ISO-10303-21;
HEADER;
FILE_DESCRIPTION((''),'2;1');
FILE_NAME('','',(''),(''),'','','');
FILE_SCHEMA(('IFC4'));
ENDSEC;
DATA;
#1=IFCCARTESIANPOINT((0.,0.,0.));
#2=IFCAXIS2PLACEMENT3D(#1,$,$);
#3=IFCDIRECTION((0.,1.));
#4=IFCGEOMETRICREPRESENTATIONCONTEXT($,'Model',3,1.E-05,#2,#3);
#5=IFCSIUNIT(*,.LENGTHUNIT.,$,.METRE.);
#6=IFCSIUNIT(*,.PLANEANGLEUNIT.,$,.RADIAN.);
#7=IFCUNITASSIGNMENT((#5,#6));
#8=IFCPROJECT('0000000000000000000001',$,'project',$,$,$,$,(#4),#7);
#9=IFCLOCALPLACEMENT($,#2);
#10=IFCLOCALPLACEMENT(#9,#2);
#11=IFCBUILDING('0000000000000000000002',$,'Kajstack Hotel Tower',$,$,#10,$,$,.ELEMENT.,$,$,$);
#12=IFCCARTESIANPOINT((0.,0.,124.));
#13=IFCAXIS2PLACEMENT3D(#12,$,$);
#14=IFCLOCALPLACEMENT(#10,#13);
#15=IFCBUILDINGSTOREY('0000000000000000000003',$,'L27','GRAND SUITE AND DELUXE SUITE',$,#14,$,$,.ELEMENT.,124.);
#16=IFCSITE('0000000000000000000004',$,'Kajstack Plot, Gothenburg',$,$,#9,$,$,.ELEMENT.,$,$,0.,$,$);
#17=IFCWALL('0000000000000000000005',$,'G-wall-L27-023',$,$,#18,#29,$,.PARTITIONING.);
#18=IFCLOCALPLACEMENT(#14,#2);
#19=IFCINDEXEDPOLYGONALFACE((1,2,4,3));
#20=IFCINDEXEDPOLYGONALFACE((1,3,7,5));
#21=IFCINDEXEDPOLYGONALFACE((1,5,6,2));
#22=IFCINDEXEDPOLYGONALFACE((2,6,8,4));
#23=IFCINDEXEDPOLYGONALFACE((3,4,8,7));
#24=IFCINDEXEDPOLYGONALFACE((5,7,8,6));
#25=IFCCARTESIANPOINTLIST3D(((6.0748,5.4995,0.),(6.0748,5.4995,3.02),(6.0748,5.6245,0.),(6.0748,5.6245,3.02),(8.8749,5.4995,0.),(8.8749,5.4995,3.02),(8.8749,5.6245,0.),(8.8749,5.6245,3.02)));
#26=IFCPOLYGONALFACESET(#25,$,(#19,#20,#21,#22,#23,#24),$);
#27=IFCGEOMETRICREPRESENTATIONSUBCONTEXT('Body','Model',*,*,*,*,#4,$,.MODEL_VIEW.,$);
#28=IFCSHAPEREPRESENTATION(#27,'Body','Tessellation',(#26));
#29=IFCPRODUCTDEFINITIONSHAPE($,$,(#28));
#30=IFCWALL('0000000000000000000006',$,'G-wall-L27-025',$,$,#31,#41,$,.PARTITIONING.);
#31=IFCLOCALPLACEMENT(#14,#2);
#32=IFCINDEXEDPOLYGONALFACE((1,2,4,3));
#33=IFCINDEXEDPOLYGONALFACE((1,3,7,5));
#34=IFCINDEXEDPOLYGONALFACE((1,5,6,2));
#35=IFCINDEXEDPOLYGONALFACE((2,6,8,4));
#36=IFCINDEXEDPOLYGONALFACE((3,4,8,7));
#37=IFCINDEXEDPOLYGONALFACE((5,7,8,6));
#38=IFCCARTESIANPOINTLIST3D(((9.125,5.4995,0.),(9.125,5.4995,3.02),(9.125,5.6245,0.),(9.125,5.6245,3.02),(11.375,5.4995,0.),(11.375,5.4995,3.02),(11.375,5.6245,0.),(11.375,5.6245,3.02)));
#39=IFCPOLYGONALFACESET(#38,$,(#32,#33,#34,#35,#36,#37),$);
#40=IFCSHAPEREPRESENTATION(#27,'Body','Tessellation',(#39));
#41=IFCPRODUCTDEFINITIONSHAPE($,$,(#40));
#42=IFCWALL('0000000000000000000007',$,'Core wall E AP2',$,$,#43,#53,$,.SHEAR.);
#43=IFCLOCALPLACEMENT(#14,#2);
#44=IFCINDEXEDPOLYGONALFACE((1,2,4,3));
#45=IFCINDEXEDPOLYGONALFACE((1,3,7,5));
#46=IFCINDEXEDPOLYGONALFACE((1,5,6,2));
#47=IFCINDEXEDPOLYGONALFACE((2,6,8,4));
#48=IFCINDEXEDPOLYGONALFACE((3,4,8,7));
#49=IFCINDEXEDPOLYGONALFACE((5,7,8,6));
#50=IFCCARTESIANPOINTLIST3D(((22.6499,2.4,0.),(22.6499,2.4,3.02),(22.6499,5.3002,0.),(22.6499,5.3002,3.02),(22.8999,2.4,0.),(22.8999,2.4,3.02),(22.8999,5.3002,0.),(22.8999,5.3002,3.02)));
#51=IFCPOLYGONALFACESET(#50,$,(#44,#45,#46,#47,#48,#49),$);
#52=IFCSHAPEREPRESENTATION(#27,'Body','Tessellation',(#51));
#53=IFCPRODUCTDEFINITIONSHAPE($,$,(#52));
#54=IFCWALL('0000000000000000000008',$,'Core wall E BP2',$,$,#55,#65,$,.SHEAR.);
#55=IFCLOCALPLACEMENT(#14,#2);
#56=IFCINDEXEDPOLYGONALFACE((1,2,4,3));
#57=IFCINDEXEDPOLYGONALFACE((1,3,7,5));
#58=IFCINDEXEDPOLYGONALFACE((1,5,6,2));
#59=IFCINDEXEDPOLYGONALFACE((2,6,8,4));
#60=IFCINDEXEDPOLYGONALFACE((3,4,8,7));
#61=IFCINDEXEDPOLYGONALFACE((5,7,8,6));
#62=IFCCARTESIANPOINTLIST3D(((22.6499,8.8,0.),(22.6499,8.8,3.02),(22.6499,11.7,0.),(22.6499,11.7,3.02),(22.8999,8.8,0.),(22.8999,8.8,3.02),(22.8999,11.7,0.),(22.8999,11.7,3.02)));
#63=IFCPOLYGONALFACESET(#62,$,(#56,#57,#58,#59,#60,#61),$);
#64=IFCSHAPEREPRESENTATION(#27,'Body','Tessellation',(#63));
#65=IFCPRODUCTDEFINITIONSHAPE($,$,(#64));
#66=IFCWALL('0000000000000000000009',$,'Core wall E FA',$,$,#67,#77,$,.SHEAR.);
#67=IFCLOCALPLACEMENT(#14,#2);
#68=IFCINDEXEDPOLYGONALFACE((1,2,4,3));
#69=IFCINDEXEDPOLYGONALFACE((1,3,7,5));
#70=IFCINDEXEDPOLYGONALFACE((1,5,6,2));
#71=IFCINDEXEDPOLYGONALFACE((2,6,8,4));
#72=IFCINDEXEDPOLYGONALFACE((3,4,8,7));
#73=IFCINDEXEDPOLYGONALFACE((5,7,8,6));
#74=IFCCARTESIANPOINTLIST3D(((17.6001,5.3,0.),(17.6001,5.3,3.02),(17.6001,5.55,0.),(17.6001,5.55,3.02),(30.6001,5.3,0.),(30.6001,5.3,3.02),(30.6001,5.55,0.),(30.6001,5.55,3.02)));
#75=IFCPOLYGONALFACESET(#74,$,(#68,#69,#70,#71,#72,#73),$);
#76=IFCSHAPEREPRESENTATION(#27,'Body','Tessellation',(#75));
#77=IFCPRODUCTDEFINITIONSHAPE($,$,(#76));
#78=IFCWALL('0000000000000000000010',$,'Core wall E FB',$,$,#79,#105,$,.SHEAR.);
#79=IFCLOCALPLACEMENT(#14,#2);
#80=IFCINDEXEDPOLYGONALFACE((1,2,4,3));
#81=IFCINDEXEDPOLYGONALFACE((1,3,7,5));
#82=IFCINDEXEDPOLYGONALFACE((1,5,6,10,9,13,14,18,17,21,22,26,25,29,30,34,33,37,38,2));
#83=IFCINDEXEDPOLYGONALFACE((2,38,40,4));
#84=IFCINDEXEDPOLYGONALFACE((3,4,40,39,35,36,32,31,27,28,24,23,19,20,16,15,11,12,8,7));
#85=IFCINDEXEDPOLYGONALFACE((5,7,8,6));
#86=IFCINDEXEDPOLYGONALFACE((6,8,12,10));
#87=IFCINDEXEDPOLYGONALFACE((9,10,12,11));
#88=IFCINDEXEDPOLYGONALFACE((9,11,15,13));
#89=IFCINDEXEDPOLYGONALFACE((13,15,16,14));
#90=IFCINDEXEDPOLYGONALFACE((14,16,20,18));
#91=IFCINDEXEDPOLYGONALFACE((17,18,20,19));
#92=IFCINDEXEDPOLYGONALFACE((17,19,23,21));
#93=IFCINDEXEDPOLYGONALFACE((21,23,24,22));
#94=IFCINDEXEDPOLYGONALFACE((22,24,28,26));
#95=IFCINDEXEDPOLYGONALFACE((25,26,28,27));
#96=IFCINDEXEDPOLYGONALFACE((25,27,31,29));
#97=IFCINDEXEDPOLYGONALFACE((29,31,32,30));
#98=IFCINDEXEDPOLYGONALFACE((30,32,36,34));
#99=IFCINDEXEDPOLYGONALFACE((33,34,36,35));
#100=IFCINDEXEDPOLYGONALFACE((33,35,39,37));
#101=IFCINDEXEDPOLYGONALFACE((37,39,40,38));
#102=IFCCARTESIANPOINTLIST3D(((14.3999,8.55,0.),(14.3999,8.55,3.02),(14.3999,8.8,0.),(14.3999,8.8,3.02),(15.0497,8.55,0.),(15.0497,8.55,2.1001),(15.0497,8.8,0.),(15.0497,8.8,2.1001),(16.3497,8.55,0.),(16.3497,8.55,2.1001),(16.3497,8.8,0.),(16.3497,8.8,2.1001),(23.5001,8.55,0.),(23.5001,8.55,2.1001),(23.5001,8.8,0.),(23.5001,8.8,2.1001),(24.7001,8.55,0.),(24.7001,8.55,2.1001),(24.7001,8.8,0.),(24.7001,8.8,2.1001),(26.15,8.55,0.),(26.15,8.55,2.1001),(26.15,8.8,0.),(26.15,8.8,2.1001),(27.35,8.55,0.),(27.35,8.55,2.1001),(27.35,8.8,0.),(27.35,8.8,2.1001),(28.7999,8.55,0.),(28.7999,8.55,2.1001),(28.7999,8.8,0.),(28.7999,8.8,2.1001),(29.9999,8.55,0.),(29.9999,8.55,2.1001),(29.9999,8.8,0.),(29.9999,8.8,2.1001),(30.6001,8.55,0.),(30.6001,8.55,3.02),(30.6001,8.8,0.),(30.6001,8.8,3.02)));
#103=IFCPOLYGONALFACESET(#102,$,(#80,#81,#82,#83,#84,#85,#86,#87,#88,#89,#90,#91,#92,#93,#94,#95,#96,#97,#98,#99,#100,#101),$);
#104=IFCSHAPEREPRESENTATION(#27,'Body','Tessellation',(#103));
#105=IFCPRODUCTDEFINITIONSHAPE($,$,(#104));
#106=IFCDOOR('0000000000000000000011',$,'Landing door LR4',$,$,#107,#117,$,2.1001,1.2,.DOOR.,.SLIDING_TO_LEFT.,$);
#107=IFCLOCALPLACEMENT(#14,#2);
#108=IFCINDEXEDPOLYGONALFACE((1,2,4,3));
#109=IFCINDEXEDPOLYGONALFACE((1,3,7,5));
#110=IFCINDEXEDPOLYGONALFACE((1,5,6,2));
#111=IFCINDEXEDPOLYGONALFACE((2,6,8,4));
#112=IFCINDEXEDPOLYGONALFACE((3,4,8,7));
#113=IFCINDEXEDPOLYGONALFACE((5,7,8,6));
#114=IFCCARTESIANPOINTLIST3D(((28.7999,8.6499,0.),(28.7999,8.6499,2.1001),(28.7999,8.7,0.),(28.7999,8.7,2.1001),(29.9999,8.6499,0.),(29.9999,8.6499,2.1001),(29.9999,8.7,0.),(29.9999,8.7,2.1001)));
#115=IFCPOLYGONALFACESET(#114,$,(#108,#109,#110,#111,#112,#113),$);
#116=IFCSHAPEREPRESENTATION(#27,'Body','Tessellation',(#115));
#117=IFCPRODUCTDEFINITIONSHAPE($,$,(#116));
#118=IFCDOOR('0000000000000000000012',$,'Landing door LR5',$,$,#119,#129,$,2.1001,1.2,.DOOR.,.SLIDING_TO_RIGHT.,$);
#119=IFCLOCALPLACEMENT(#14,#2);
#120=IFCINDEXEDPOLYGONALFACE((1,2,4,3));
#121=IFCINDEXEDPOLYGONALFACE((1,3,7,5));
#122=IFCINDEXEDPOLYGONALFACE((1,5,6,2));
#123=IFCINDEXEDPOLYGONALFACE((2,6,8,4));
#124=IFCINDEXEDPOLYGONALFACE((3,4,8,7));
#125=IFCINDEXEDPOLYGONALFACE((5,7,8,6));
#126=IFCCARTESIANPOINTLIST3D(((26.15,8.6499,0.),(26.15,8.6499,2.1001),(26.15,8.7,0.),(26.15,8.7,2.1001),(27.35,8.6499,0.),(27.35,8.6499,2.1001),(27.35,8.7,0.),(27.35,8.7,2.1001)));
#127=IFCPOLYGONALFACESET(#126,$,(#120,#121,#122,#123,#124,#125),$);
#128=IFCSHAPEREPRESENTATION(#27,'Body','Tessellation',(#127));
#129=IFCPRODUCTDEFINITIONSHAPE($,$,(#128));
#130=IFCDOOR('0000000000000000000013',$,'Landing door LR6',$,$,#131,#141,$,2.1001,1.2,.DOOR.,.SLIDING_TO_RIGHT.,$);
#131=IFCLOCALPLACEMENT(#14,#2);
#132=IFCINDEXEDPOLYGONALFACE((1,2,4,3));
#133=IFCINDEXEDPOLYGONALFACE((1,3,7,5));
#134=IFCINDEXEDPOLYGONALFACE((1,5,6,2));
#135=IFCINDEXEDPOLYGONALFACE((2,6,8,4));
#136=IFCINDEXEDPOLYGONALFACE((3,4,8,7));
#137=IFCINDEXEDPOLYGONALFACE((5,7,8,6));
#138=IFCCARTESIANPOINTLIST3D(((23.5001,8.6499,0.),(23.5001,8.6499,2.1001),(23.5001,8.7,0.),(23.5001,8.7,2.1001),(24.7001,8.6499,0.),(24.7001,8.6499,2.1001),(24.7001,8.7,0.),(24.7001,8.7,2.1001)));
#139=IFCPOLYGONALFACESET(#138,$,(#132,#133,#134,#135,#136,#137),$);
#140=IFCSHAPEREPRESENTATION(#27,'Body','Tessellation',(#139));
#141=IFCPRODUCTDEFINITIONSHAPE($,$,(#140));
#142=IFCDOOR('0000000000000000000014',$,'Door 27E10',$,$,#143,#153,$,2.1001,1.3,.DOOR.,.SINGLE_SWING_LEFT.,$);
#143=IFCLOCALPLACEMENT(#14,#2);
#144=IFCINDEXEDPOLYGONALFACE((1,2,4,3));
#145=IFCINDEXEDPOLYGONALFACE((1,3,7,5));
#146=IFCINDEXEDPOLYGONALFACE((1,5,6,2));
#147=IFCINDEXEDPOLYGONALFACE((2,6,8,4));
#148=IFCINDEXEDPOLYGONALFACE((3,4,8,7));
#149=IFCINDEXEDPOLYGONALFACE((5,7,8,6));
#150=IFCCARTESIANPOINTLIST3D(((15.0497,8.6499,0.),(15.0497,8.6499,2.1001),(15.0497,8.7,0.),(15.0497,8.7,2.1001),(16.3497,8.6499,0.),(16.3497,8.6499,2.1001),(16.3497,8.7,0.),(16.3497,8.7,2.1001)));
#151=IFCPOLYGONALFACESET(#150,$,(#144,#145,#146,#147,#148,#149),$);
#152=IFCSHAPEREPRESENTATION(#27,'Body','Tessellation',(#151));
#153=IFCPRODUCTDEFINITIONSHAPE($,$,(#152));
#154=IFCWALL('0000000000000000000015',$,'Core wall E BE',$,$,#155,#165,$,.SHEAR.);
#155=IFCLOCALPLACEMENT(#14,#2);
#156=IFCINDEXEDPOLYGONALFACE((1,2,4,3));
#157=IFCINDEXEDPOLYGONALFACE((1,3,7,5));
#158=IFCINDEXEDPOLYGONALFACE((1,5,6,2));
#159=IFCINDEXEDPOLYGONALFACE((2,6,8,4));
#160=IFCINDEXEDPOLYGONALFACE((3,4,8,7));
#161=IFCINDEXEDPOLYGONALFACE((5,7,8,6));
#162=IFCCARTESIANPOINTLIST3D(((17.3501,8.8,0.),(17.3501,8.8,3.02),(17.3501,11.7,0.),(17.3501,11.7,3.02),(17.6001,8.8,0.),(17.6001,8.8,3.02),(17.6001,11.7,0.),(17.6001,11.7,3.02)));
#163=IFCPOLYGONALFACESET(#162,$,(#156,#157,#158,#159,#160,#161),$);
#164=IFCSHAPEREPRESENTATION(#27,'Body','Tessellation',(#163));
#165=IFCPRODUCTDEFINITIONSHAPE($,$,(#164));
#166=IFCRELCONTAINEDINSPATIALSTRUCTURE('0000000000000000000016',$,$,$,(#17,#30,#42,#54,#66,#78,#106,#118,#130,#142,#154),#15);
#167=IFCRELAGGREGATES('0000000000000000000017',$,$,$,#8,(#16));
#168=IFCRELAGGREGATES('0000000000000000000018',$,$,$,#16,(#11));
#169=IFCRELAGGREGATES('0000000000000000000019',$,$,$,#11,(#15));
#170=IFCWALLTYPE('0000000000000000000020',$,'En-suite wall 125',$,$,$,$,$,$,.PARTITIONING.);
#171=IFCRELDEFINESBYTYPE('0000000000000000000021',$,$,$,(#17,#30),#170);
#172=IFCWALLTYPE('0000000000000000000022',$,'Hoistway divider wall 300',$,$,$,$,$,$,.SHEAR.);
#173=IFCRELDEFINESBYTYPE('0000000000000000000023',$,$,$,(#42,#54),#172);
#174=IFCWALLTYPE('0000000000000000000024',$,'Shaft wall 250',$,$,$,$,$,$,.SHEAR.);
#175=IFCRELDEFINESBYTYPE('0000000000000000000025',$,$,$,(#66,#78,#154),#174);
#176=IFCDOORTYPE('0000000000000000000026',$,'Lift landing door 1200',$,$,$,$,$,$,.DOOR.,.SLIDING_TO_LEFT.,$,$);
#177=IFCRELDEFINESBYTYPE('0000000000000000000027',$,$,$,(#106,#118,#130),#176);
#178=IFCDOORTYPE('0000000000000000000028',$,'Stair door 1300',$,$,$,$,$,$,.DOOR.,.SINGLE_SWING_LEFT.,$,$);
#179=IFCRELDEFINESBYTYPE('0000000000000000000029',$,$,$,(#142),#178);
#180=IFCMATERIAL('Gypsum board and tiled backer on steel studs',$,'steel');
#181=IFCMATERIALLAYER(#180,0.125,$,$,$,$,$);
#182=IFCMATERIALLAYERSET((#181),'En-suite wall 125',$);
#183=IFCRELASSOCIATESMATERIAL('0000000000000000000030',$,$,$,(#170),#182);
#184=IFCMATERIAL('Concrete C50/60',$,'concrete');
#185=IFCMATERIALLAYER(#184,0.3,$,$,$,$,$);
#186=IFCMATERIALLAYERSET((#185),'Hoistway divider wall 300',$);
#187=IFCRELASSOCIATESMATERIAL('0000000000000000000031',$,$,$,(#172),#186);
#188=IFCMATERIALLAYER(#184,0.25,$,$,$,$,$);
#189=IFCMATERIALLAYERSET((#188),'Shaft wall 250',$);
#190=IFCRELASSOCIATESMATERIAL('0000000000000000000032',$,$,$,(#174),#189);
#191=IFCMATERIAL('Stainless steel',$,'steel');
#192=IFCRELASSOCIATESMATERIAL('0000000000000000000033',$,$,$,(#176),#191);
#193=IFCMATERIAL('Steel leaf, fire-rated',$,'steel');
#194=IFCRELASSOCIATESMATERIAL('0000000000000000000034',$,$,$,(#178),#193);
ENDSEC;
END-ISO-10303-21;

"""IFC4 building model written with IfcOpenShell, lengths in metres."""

from ifc_helpers import new_model, si_unit, direction, frame, frame_2d, origin, place, context, subcontext, project, spatial, rectangle, extrude, material, layer, layer_set, type_object, element, fill, save


model = new_model("IFC4")

# Units and contexts
model_context = context("Model", 3, precision=1e-05, world=origin(), true_north=direction((0.0, 1.0)))
body_context = subcontext(model_context, "Body", "Model", "MODEL_VIEW")
ifc_project = project(units=[si_unit("LENGTHUNIT", "METRE"), si_unit("PLANEANGLEUNIT", "RADIAN")], contexts=[model_context])

# Site, building, storey
site_placement = place(None, origin())
site = spatial("IfcSite", under=ifc_project, at=site_placement, Name="Kajstack Plot, Gothenburg", CompositionType="ELEMENT", RefElevation=0.0)
building_placement = place(site_placement, origin())
building = spatial("IfcBuilding", under=site, at=building_placement, Name="Kajstack Hotel Tower", CompositionType="ELEMENT")
storey_placement = place(building_placement, frame((0.0, 0.0, 124.0)))
storey = spatial("IfcBuildingStorey", under=building, at=storey_placement, Name="L27", Description="GRAND SUITE AND DELUXE SUITE", CompositionType="ELEMENT", Elevation=124.0)

# Walls
ifc_material_1 = material(Name="Gypsum board and tiled backer on steel studs", Category="steel")
ifc_layer_1 = layer(ifc_material_1, 0.125)
ifc_layer_set_1 = layer_set([ifc_layer_1], Name="En-suite wall 125")
wall_type_1 = type_object("IfcWallType", Name="En-suite wall 125", PredefinedType="PARTITIONING", material=ifc_layer_set_1)
wall_1_placement = place(storey_placement, frame((6.075, 5.562, 0.0), z_axis=(0.0, 0.0, 1.0), x_axis=(1.0, 0.0, 0.0)))
element("IfcWall", 1, at=wall_1_placement, inside=storey, type_object=wall_type_1, Name="G-wall-L27-023", PredefinedType="PARTITIONING", context=body_context, shape_type="SweptSolid", body=[
    extrude(rectangle(XDim=2.8, YDim=0.125, at=frame_2d((1.3999, 0.0))), origin(), (0.0, 0.0, 1.0), 3.02),
])
wall_2_placement = place(storey_placement, frame((9.125, 5.562, 0.0), z_axis=(0.0, 0.0, 1.0), x_axis=(1.0, 0.0, 0.0)))
element("IfcWall", 2, at=wall_2_placement, inside=storey, type_object=wall_type_1, Name="G-wall-L27-025", PredefinedType="PARTITIONING", context=body_context, shape_type="SweptSolid", body=[
    extrude(rectangle(XDim=2.25, YDim=0.125, at=frame_2d((1.125, 0.0))), origin(), (0.0, 0.0, 1.0), 3.02),
])
ifc_material_2 = material(Name="Concrete C50/60", Category="concrete")
ifc_layer_2 = layer(ifc_material_2, 0.3)
ifc_layer_set_2 = layer_set([ifc_layer_2], Name="Hoistway divider wall 300")
wall_type_2 = type_object("IfcWallType", Name="Hoistway divider wall 300", PredefinedType="SHEAR", material=ifc_layer_set_2)
wall_3_placement = place(storey_placement, frame((22.7749, 2.3999, 0.0), z_axis=(0.0, 0.0, 1.0), x_axis=(0.0, 1.0, 0.0)))
element("IfcWall", 3, at=wall_3_placement, inside=storey, type_object=wall_type_2, Name="Core wall E AP2", PredefinedType="SHEAR", context=body_context, shape_type="SweptSolid", body=[
    extrude(rectangle(XDim=2.9001, YDim=0.25, at=frame_2d((1.4502, 0.0))), origin(), (0.0, 0.0, 1.0), 3.02),
])
wall_4_placement = place(storey_placement, frame((22.7749, 8.8, 0.0), z_axis=(0.0, 0.0, 1.0), x_axis=(0.0, 1.0, 0.0)))
element("IfcWall", 4, at=wall_4_placement, inside=storey, type_object=wall_type_2, Name="Core wall E BP2", PredefinedType="SHEAR", context=body_context, shape_type="SweptSolid", body=[
    extrude(rectangle(XDim=2.8999, YDim=0.25, at=frame_2d((1.45, 0.0))), origin(), (0.0, 0.0, 1.0), 3.02),
])
ifc_layer_3 = layer(ifc_material_2, 0.25)
ifc_layer_set_3 = layer_set([ifc_layer_3], Name="Shaft wall 250")
wall_type_3 = type_object("IfcWallType", Name="Shaft wall 250", PredefinedType="SHEAR", material=ifc_layer_set_3)
wall_5_placement = place(storey_placement, frame((17.6001, 5.425, 0.0), z_axis=(0.0, 0.0, 1.0), x_axis=(1.0, 0.0, 0.0)))
element("IfcWall", 5, at=wall_5_placement, inside=storey, type_object=wall_type_3, Name="Core wall E FA", PredefinedType="SHEAR", context=body_context, shape_type="SweptSolid", body=[
    extrude(rectangle(XDim=13.0, YDim=0.25, at=frame_2d((6.5, 0.0))), origin(), (0.0, 0.0, 1.0), 3.02),
])

# Wall, openings, doors
wall_6_placement = place(storey_placement, frame((14.3999, 8.675, 0.0), z_axis=(0.0, 0.0, 1.0), x_axis=(1.0, 0.0, 0.0)))
wall_6 = element("IfcWall", 6, at=wall_6_placement, inside=storey, type_object=wall_type_3, Name="Core wall E FB", PredefinedType="SHEAR", context=body_context, shape_type="SweptSolid", body=[
    extrude(rectangle(XDim=16.2002, YDim=0.25, at=frame_2d((8.1001, 0.0))), origin(), (0.0, 0.0, 1.0), 3.02),
])
opening_1_placement = place(wall_6_placement, frame((14.3999, 0.0, 0.0)))
opening_1 = element("IfcOpeningElement", 7, at=opening_1_placement, cuts=wall_6, PredefinedType="OPENING", context=body_context, shape_type="SweptSolid", body=[
    extrude(rectangle(XDim=1.2, YDim=2.1001, at=frame_2d((0.6001, 1.05))), frame((0.0, 0.135, 0.0), z_axis=(0.0, -1.0, 0.0), x_axis=(1.0, 0.0, 0.0)), (0.0, 0.0, 1.0), 0.27),
])
opening_2_placement = place(wall_6_placement, frame((11.75, 0.0, 0.0)))
opening_2 = element("IfcOpeningElement", 8, at=opening_2_placement, cuts=wall_6, PredefinedType="OPENING", context=body_context, shape_type="SweptSolid", body=[
    extrude(rectangle(XDim=1.2, YDim=2.1001, at=frame_2d((0.6001, 1.05))), frame((0.0, 0.135, 0.0), z_axis=(0.0, -1.0, 0.0), x_axis=(1.0, 0.0, 0.0)), (0.0, 0.0, 1.0), 0.27),
])
opening_3_placement = place(wall_6_placement, frame((9.1001, 0.0, 0.0)))
opening_3 = element("IfcOpeningElement", 9, at=opening_3_placement, cuts=wall_6, PredefinedType="OPENING", context=body_context, shape_type="SweptSolid", body=[
    extrude(rectangle(XDim=1.2, YDim=2.1001, at=frame_2d((0.6001, 1.05))), frame((0.0, 0.135, 0.0), z_axis=(0.0, -1.0, 0.0), x_axis=(1.0, 0.0, 0.0)), (0.0, 0.0, 1.0), 0.27),
])
opening_4_placement = place(wall_6_placement, frame((0.6499, 0.0, 0.0)))
opening_4 = element("IfcOpeningElement", 10, at=opening_4_placement, cuts=wall_6, PredefinedType="OPENING", context=body_context, shape_type="SweptSolid", body=[
    extrude(rectangle(XDim=1.3, YDim=2.1001, at=frame_2d((0.6499, 1.05))), frame((0.0, 0.135, 0.0), z_axis=(0.0, -1.0, 0.0), x_axis=(1.0, 0.0, 0.0)), (0.0, 0.0, 1.0), 0.27),
])
ifc_material_3 = material(Name="Stainless steel", Category="steel")
door_type_1 = type_object("IfcDoorType", Name="Lift landing door 1200", OperationType="SLIDING_TO_LEFT", PredefinedType="DOOR", material=ifc_material_3)
door_1_placement = place(opening_1_placement, origin())
door_1 = element("IfcDoor", 11, at=door_1_placement, inside=storey, type_object=door_type_1, Name="Landing door LR4", OperationType="SLIDING_TO_LEFT", OverallHeight=2.1001, OverallWidth=1.2, PredefinedType="DOOR", context=body_context, shape_type="SweptSolid", body=[
    extrude(rectangle(XDim=1.2, YDim=2.1001, at=frame_2d((0.6001, 1.05))), frame((0.0, 0.0249, 0.0), z_axis=(0.0, -1.0, 0.0), x_axis=(1.0, 0.0, 0.0)), (0.0, 0.0, 1.0), 0.05),
])
fill(opening_1, door_1)
door_2_placement = place(opening_2_placement, origin())
door_2 = element("IfcDoor", 12, at=door_2_placement, inside=storey, type_object=door_type_1, Name="Landing door LR5", OperationType="SLIDING_TO_RIGHT", OverallHeight=2.1001, OverallWidth=1.2, PredefinedType="DOOR", context=body_context, shape_type="SweptSolid", body=[
    extrude(rectangle(XDim=1.2, YDim=2.1001, at=frame_2d((0.6001, 1.05))), frame((0.0, 0.0249, 0.0), z_axis=(0.0, -1.0, 0.0), x_axis=(1.0, 0.0, 0.0)), (0.0, 0.0, 1.0), 0.05),
])
fill(opening_2, door_2)
door_3_placement = place(opening_3_placement, origin())
door_3 = element("IfcDoor", 13, at=door_3_placement, inside=storey, type_object=door_type_1, Name="Landing door LR6", OperationType="SLIDING_TO_RIGHT", OverallHeight=2.1001, OverallWidth=1.2, PredefinedType="DOOR", context=body_context, shape_type="SweptSolid", body=[
    extrude(rectangle(XDim=1.2, YDim=2.1001, at=frame_2d((0.6001, 1.05))), frame((0.0, 0.0249, 0.0), z_axis=(0.0, -1.0, 0.0), x_axis=(1.0, 0.0, 0.0)), (0.0, 0.0, 1.0), 0.05),
])
fill(opening_3, door_3)
ifc_material_4 = material(Name="Steel leaf, fire-rated", Category="steel")
door_type_2 = type_object("IfcDoorType", Name="Stair door 1300", OperationType="SINGLE_SWING_LEFT", PredefinedType="DOOR", material=ifc_material_4)
door_4_placement = place(opening_4_placement, origin())
door_4 = element("IfcDoor", 14, at=door_4_placement, inside=storey, type_object=door_type_2, Name="Door 27E10", OperationType="SINGLE_SWING_LEFT", OverallHeight=2.1001, OverallWidth=1.3, PredefinedType="DOOR", context=body_context, shape_type="SweptSolid", body=[
    extrude(rectangle(XDim=1.3, YDim=2.1001, at=frame_2d((0.6499, 1.05))), frame((0.0, 0.0249, 0.0), z_axis=(0.0, -1.0, 0.0), x_axis=(1.0, 0.0, 0.0)), (0.0, 0.0, 1.0), 0.05),
])
fill(opening_4, door_4)

# Wall
wall_7_placement = place(storey_placement, frame((17.4751, 8.8, 0.0), z_axis=(0.0, 0.0, 1.0), x_axis=(0.0, 1.0, 0.0)))
element("IfcWall", 15, at=wall_7_placement, inside=storey, type_object=wall_type_3, Name="Core wall E BE", PredefinedType="SHEAR", context=body_context, shape_type="SweptSolid", body=[
    extrude(rectangle(XDim=2.8999, YDim=0.25, at=frame_2d((1.45, 0.0))), origin(), (0.0, 0.0, 1.0), 3.02),
])

save(model, "model.ifc")
